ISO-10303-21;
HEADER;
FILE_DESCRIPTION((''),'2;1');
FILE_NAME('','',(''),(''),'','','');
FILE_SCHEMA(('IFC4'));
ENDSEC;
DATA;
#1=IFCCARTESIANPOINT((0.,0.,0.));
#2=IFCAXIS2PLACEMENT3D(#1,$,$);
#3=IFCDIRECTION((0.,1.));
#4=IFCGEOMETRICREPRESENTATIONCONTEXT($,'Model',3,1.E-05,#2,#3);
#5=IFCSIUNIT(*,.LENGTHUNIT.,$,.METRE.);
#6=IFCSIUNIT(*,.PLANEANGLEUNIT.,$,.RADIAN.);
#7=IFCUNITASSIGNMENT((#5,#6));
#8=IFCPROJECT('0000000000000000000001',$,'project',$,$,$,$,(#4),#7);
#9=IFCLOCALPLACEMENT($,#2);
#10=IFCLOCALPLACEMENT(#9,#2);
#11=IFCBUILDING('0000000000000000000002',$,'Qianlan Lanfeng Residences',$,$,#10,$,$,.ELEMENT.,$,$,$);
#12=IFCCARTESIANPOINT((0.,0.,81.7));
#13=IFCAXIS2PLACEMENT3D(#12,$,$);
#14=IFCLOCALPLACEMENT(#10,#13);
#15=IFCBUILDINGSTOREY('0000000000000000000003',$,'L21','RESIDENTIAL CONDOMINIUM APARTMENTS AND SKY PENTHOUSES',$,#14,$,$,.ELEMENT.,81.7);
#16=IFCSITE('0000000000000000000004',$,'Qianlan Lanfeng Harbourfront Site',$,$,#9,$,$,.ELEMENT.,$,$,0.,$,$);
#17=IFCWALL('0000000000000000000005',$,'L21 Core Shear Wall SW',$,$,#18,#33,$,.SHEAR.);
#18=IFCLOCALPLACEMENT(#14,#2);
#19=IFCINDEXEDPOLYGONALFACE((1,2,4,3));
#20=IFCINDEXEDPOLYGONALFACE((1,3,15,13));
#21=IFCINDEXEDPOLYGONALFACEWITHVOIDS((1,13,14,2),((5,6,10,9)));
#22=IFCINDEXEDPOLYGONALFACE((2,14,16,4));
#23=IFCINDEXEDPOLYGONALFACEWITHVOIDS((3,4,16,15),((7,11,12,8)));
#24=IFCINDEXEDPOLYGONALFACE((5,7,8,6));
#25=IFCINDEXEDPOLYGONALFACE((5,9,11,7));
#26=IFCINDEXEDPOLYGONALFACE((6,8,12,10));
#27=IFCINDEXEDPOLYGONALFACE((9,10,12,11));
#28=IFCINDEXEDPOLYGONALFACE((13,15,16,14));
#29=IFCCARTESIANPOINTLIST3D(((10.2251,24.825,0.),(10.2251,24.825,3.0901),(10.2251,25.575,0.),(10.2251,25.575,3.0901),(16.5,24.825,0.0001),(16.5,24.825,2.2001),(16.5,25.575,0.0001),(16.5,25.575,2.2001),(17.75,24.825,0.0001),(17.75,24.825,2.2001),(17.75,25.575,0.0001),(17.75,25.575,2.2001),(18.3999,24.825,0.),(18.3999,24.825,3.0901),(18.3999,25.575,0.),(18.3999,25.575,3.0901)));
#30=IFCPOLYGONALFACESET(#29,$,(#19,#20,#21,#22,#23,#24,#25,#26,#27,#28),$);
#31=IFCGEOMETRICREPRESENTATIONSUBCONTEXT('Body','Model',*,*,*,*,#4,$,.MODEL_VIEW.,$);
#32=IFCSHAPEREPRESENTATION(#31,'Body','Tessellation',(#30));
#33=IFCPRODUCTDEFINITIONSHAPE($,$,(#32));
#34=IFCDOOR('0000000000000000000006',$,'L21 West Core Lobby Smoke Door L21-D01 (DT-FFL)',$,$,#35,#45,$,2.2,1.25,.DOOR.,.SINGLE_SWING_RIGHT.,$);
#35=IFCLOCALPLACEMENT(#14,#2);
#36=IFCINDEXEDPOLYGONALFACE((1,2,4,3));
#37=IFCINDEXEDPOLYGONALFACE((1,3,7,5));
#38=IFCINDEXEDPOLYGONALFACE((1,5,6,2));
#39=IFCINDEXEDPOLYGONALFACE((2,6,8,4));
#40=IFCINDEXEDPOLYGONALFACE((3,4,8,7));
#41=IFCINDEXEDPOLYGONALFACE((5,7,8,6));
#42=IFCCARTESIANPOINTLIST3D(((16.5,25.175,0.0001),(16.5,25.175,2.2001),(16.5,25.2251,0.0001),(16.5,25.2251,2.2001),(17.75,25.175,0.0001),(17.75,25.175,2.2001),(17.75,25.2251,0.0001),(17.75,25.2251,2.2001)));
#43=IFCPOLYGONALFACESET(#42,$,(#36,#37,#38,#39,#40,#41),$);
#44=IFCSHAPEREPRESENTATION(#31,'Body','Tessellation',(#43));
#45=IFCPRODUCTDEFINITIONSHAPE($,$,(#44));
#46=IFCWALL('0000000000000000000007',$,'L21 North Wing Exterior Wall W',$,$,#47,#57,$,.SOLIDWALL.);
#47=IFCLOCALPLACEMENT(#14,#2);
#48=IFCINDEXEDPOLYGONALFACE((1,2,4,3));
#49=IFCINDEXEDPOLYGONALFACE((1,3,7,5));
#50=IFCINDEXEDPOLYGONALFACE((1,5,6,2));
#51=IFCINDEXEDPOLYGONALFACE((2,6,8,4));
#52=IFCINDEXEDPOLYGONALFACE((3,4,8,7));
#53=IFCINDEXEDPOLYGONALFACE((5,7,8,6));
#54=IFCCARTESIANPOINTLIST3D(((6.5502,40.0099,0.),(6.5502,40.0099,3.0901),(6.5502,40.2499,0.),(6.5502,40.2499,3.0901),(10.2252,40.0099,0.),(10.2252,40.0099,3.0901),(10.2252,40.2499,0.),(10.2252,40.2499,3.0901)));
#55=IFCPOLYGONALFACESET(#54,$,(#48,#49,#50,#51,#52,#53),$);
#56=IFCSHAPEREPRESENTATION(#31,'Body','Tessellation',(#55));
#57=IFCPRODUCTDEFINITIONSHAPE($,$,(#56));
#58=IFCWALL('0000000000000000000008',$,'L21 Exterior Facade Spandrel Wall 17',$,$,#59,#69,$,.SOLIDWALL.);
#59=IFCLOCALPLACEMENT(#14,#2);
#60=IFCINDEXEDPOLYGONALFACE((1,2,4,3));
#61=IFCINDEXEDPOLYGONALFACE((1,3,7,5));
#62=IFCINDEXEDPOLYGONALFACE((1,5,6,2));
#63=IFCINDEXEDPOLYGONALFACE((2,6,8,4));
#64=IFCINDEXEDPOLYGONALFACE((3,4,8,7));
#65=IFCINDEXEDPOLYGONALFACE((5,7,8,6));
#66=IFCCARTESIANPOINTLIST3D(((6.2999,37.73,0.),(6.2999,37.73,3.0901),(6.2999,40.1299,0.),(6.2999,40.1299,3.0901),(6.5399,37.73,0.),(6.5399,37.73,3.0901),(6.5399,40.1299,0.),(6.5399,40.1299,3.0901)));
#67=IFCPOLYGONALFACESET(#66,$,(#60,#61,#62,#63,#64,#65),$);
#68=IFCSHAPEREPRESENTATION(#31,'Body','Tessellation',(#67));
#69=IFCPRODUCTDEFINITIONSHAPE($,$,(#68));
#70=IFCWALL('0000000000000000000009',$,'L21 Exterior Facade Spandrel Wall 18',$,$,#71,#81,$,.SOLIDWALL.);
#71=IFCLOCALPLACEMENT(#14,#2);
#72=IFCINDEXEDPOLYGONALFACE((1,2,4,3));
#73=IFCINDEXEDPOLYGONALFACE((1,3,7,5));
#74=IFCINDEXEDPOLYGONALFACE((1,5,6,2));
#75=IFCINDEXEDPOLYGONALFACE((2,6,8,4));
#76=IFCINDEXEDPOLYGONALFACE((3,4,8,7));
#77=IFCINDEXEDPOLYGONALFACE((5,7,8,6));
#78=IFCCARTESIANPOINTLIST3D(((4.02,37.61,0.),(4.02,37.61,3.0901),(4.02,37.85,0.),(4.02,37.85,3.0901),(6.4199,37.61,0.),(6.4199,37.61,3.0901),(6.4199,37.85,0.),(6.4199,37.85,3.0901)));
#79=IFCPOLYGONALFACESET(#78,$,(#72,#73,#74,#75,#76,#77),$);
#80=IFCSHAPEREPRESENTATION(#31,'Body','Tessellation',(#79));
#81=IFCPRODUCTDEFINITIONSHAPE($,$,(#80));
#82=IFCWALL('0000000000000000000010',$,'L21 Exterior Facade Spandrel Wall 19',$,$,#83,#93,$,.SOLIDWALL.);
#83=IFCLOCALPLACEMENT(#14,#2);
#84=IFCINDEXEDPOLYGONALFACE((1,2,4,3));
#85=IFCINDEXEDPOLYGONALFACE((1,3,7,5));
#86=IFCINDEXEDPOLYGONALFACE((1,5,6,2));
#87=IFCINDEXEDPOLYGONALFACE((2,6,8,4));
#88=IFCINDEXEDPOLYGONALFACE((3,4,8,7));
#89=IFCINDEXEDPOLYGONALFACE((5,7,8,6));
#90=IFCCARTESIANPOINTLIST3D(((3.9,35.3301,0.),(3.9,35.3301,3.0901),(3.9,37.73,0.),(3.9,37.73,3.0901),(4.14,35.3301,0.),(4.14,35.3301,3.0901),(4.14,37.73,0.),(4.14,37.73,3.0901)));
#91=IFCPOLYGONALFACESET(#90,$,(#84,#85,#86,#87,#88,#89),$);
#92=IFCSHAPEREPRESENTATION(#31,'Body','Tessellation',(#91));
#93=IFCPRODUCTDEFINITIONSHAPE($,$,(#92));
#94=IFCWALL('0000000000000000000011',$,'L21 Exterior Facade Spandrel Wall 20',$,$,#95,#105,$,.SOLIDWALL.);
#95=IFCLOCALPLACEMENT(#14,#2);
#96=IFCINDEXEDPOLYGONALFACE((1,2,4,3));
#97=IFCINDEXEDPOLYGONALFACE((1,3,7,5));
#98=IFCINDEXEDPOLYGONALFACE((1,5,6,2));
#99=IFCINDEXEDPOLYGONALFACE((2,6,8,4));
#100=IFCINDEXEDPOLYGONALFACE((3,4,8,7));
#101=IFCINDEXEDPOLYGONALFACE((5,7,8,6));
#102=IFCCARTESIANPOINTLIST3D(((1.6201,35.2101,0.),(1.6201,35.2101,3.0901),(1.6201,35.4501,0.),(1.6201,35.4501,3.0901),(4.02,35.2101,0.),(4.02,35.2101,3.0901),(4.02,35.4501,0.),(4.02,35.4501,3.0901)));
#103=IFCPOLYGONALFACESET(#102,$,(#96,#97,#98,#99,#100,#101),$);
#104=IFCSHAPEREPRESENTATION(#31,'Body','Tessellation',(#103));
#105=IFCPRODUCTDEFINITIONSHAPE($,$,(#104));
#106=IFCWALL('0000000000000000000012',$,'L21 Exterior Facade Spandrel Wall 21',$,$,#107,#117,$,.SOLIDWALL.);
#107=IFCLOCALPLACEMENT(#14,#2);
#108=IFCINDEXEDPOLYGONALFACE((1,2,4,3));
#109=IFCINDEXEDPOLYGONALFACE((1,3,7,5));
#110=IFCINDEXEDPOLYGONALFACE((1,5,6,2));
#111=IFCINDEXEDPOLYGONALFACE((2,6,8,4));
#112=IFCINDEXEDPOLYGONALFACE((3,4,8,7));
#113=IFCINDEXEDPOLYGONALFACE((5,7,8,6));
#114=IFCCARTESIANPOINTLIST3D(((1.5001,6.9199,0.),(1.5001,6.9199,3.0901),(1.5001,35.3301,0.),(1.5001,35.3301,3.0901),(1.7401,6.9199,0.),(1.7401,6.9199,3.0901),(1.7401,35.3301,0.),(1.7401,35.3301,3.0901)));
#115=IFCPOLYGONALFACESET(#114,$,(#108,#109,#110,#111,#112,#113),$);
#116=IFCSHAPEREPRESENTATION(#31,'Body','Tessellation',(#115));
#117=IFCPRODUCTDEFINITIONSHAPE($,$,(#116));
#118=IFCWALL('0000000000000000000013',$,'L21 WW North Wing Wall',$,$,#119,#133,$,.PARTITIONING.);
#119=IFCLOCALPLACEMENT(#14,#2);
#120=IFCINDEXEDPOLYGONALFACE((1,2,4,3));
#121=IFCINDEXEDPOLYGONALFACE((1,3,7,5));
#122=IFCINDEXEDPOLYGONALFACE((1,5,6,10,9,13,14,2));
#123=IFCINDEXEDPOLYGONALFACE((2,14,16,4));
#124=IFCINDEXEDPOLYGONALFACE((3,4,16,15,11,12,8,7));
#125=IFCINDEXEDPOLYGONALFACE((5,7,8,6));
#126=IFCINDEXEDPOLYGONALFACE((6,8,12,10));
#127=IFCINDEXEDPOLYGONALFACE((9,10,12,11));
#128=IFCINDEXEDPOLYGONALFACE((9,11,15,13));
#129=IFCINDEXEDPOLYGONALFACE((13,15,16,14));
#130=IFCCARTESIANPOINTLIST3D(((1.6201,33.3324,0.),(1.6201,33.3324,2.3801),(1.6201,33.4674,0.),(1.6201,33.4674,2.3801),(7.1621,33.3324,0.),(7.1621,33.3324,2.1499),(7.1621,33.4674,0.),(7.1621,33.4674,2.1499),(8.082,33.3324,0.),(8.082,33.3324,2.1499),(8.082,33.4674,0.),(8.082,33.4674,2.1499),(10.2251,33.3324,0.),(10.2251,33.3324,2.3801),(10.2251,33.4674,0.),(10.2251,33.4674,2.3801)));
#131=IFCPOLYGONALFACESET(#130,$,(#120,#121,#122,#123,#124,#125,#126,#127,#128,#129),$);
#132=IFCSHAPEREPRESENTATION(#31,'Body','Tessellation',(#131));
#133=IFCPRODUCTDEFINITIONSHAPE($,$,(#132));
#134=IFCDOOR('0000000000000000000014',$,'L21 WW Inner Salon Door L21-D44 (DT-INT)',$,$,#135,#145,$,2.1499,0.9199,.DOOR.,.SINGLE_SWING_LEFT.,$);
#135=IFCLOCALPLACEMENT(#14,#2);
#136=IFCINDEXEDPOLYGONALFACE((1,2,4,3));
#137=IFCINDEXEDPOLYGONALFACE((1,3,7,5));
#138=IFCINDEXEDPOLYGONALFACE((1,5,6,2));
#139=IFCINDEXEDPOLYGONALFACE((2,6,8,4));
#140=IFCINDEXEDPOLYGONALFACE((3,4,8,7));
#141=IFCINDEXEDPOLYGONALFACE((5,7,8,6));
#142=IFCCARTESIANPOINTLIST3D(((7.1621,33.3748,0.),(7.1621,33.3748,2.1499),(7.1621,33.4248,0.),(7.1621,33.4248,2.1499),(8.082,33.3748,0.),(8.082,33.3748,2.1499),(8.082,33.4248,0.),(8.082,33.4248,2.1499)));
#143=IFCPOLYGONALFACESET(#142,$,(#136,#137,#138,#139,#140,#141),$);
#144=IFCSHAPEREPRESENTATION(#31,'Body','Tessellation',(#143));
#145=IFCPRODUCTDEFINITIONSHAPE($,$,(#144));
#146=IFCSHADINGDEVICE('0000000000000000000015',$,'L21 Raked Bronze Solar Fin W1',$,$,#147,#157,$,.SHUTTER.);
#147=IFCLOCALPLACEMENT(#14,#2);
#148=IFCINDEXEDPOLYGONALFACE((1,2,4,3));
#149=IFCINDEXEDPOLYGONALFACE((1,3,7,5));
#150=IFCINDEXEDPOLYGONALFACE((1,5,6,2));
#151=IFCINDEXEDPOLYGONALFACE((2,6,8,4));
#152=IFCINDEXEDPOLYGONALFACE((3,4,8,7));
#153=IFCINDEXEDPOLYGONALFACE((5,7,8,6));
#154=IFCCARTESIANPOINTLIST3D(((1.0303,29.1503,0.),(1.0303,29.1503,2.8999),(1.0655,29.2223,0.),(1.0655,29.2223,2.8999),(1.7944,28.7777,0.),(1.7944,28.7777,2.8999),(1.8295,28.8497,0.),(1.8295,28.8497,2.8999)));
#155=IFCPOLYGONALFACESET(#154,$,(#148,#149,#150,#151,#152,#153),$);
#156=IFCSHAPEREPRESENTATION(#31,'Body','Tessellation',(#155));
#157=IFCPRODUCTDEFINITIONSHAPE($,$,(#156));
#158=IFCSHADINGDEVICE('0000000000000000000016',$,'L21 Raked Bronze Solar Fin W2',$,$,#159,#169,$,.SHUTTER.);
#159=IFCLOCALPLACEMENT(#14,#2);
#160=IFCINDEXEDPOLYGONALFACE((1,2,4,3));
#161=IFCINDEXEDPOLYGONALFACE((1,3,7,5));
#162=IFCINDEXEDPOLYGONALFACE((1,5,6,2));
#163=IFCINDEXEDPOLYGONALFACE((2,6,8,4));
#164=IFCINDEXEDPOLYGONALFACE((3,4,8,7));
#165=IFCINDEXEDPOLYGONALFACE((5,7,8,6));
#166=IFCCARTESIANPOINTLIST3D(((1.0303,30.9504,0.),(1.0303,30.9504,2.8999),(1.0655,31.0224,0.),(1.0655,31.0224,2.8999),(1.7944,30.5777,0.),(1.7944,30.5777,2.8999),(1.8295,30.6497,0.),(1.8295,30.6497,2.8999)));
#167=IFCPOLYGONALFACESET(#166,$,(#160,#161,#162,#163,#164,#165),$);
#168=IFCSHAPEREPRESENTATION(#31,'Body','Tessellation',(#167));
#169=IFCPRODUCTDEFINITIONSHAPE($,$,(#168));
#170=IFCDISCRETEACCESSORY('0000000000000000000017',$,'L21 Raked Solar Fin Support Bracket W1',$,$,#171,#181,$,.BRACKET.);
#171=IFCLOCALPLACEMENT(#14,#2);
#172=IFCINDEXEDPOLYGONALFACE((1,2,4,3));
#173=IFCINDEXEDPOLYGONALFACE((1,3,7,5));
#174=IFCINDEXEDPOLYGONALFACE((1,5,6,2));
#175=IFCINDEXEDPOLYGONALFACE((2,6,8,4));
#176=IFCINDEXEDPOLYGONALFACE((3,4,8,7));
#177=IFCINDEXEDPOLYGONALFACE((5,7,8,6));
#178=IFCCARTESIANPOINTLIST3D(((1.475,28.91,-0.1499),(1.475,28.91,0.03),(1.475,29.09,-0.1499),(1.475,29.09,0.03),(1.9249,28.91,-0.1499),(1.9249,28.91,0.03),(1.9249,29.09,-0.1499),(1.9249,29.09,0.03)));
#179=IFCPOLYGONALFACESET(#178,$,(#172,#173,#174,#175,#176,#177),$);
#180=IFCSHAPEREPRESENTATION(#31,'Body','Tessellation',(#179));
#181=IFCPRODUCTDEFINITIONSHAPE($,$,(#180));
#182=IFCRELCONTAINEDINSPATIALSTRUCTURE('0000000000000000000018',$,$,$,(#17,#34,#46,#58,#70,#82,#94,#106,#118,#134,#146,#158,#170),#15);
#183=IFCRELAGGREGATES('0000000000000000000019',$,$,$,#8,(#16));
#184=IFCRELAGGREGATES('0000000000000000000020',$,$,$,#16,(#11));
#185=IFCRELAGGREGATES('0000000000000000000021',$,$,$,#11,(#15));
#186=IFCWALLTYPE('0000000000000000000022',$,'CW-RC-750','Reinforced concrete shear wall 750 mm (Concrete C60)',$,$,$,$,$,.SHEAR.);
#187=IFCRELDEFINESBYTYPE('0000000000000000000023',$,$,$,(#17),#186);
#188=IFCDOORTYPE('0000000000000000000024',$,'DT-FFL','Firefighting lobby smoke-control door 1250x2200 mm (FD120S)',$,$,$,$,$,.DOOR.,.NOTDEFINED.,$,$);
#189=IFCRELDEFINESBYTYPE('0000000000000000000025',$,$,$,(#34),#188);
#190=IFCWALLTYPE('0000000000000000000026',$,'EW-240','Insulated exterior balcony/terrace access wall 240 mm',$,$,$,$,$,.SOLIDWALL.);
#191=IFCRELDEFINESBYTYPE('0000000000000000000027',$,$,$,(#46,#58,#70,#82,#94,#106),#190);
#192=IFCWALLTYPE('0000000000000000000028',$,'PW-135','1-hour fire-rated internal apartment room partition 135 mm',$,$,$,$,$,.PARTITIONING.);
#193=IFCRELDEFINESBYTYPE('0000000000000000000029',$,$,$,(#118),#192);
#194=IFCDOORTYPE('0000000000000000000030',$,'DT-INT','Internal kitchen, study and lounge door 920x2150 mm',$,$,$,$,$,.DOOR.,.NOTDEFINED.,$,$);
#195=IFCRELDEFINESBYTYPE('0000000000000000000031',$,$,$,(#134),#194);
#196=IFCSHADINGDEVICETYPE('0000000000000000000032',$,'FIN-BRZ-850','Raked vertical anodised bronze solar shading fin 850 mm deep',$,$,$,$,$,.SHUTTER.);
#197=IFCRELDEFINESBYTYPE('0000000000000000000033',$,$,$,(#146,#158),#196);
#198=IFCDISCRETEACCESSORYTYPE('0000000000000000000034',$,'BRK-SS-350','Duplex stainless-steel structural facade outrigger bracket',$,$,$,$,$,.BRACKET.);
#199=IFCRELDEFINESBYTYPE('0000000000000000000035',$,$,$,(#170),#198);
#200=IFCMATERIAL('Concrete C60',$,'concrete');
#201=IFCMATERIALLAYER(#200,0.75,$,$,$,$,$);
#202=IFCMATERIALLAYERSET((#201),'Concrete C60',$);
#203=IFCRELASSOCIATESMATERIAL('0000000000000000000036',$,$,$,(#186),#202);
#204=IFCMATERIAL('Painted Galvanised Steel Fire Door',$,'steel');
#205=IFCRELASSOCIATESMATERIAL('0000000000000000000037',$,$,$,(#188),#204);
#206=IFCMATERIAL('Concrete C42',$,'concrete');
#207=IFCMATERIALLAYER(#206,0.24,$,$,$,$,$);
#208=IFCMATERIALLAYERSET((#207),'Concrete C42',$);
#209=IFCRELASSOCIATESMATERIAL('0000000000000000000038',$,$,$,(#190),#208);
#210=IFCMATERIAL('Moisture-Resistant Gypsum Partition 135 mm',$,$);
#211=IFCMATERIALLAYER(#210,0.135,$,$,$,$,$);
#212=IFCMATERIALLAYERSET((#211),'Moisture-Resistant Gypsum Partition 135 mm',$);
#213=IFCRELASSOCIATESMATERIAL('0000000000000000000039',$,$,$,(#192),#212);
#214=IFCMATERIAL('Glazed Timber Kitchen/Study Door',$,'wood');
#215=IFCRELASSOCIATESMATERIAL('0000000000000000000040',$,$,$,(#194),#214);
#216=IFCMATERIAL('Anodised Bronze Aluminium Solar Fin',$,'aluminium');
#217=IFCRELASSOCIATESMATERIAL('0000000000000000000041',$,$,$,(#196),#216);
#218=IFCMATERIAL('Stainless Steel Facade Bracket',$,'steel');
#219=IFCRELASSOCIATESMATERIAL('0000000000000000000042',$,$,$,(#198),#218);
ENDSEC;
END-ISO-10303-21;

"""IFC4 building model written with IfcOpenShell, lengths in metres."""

from ifc_helpers import new_model, si_unit, direction, frame, frame_2d, origin, origin_2d, place, context, subcontext, project, spatial, rectangle, extrude, source, transform, mapped, material, layer, layer_set, type_object, element, fill, save


model = new_model("IFC4")

# Units and contexts
model_context = context("Model", 3, precision=1e-05, world=origin(), true_north=direction((0.0, 1.0)))
body_context = subcontext(model_context, "Body", "Model", "MODEL_VIEW")
ifc_project = project(units=[si_unit("LENGTHUNIT", "METRE"), si_unit("PLANEANGLEUNIT", "RADIAN")], contexts=[model_context])

# Site, building, storey
site_placement = place(None, origin())
site = spatial("IfcSite", under=ifc_project, at=site_placement, Name="Qianlan Lanfeng Harbourfront Site", CompositionType="ELEMENT", RefElevation=0.0)
building_placement = place(site_placement, origin())
building = spatial("IfcBuilding", under=site, at=building_placement, Name="Qianlan Lanfeng Residences", CompositionType="ELEMENT")
storey_placement = place(building_placement, frame((0.0, 0.0, 81.7)))
storey = spatial("IfcBuildingStorey", under=building, at=storey_placement, Name="L21", Description="RESIDENTIAL CONDOMINIUM APARTMENTS AND SKY PENTHOUSES", CompositionType="ELEMENT", Elevation=81.7)

# Shared definitions
ifc_material_1 = material(Name="Concrete C60", Category="concrete")
ifc_layer_1 = layer(ifc_material_1, 0.75)
ifc_layer_set_1 = layer_set([ifc_layer_1], Name="Concrete C60")
wall_type_1 = type_object("IfcWallType", Name="CW-RC-750", Description="Reinforced concrete shear wall 750 mm (Concrete C60)", PredefinedType="SHEAR", material=ifc_layer_set_1)

# Wall, opening, door
wall_1_placement = place(storey_placement, frame((10.2251, 25.2, 0.0), z_axis=(0.0, 0.0, 1.0), x_axis=(1.0, 0.0, 0.0)))
wall_1 = element("IfcWall", 1, at=wall_1_placement, inside=storey, type_object=wall_type_1, Name="L21 Core Shear Wall SW", PredefinedType="SHEAR", context=body_context, shape_type="SweptSolid", body=[
    extrude(rectangle(XDim=8.1748, YDim=0.75, at=frame_2d((4.0874, 0.0))), origin(), (0.0, 0.0, 1.0), 3.0901),
])
opening_1_placement = place(wall_1_placement, frame((6.2749, 0.0, 0.0)))
opening_1 = element("IfcOpeningElement", 2, at=opening_1_placement, cuts=wall_1, PredefinedType="OPENING", context=body_context, shape_type="SweptSolid", body=[
    extrude(rectangle(XDim=1.25, YDim=2.2, at=frame_2d((0.625, 1.1001))), frame((0.0, 0.385, 0.0), z_axis=(0.0, -1.0, 0.0), x_axis=(1.0, 0.0, 0.0)), (0.0, 0.0, 1.0), 0.77),
])
ifc_material_2 = material(Name="Painted Galvanised Steel Fire Door", Category="steel")
door_type_1 = type_object("IfcDoorType", Name="DT-FFL", Description="Firefighting lobby smoke-control door 1250x2200 mm (FD120S)", OperationType="NOTDEFINED", PredefinedType="DOOR", material=ifc_material_2)
door_1_placement = place(opening_1_placement, frame((1.25, 0.0, 0.0), z_axis=(0.0, 0.0, 1.0), x_axis=(-1.0, 0.0, 0.0)))
door_1 = element("IfcDoor", 3, at=door_1_placement, inside=storey, type_object=door_type_1, Name="L21 West Core Lobby Smoke Door L21-D01 (DT-FFL)", OperationType="SINGLE_SWING_RIGHT", OverallHeight=2.2, OverallWidth=1.25, PredefinedType="DOOR", context=body_context, shape_type="SweptSolid", body=[
    extrude(rectangle(XDim=1.25, YDim=2.2, at=frame_2d((0.625, 1.1001))), frame((0.0, 0.0249, 0.0), z_axis=(0.0, -1.0, 0.0), x_axis=(1.0, 0.0, 0.0)), (0.0, 0.0, 1.0), 0.05),
])
fill(opening_1, door_1)

# Walls
ifc_material_3 = material(Name="Concrete C42", Category="concrete")
ifc_layer_2 = layer(ifc_material_3, 0.24)
ifc_layer_set_2 = layer_set([ifc_layer_2], Name="Concrete C42")
wall_type_2 = type_object("IfcWallType", Name="EW-240", Description="Insulated exterior balcony/terrace access wall 240 mm", PredefinedType="SOLIDWALL", material=ifc_layer_set_2)
wall_2_placement = place(storey_placement, frame((10.2251, 40.1299, 0.0), z_axis=(0.0, 0.0, 1.0), x_axis=(-1.0, 0.0, 0.0)))
element("IfcWall", 4, at=wall_2_placement, inside=storey, type_object=wall_type_2, Name="L21 North Wing Exterior Wall W", PredefinedType="SOLIDWALL", context=body_context, shape_type="SweptSolid", body=[
    extrude(rectangle(XDim=3.675, YDim=0.24, at=frame_2d((1.8374, 0.0))), origin(), (0.0, 0.0, 1.0), 3.0901),
])
for number, where, z_axis, x_axis, name in (
    (5, (6.4199, 40.1299, 0.0), (0.0, 0.0, 1.0), (0.0, -1.0, 0.0), "L21 Exterior Facade Spandrel Wall 17"),
    (6, (6.4199, 37.73, 0.0), (0.0, 0.0, 1.0), (-1.0, 0.0, 0.0), "L21 Exterior Facade Spandrel Wall 18"),
    (7, (4.02, 37.73, 0.0), (0.0, 0.0, 1.0), (0.0, -1.0, 0.0), "L21 Exterior Facade Spandrel Wall 19"),
    (8, (4.02, 35.3301, 0.0), (0.0, 0.0, 1.0), (-1.0, 0.0, 0.0), "L21 Exterior Facade Spandrel Wall 20"),
):
    element("IfcWall", number, at=place(storey_placement, frame(where, z_axis=z_axis, x_axis=x_axis)), inside=storey, type_object=wall_type_2, Name=name, PredefinedType="SOLIDWALL", context=body_context, shape_type="SweptSolid", body=[
        extrude(rectangle(XDim=2.3999, YDim=0.24, at=frame_2d((1.2, 0.0))), origin(), (0.0, 0.0, 1.0), 3.0901),
    ])
wall_3_placement = place(storey_placement, frame((1.6201, 35.3301, 0.0), z_axis=(0.0, 0.0, 1.0), x_axis=(0.0, -1.0, 0.0)))
element("IfcWall", 9, at=wall_3_placement, inside=storey, type_object=wall_type_2, Name="L21 Exterior Facade Spandrel Wall 21", PredefinedType="SOLIDWALL", context=body_context, shape_type="SweptSolid", body=[
    extrude(rectangle(XDim=28.4102, YDim=0.24, at=frame_2d((14.2051, 0.0))), origin(), (0.0, 0.0, 1.0), 3.0901),
])

# Wall, opening, door
ifc_material_4 = material(Name="Moisture-Resistant Gypsum Partition 135 mm")
ifc_layer_3 = layer(ifc_material_4, 0.135)
ifc_layer_set_3 = layer_set([ifc_layer_3], Name="Moisture-Resistant Gypsum Partition 135 mm")
wall_type_3 = type_object("IfcWallType", Name="PW-135", Description="1-hour fire-rated internal apartment room partition 135 mm", PredefinedType="PARTITIONING", material=ifc_layer_set_3)
wall_4_placement = place(storey_placement, frame((1.6201, 33.3999, 0.0), z_axis=(0.0, 0.0, 1.0), x_axis=(1.0, 0.0, 0.0)))
wall_4 = element("IfcWall", 10, at=wall_4_placement, inside=storey, type_object=wall_type_3, Name="L21 WW North Wing Wall", PredefinedType="PARTITIONING", context=body_context, shape_type="SweptSolid", body=[
    extrude(rectangle(XDim=8.605, YDim=0.135, at=frame_2d((4.3025, 0.0))), origin(), (0.0, 0.0, 1.0), 2.3801),
])
opening_2_placement = place(wall_4_placement, frame((5.542, 0.0, 0.0)))
opening_2 = element("IfcOpeningElement", 11, at=opening_2_placement, cuts=wall_4, PredefinedType="OPENING", context=body_context, shape_type="SweptSolid", body=[
    extrude(rectangle(XDim=0.9199, YDim=2.1499, at=frame_2d((0.46, 1.075))), frame((0.0, 0.0776, 0.0), z_axis=(0.0, -1.0, 0.0), x_axis=(1.0, 0.0, 0.0)), (0.0, 0.0, 1.0), 0.155),
])
ifc_material_5 = material(Name="Glazed Timber Kitchen/Study Door", Category="wood")
door_type_2 = type_object("IfcDoorType", Name="DT-INT", Description="Internal kitchen, study and lounge door 920x2150 mm", OperationType="NOTDEFINED", PredefinedType="DOOR", material=ifc_material_5)
door_2_placement = place(opening_2_placement, origin())
door_2 = element("IfcDoor", 12, at=door_2_placement, inside=storey, type_object=door_type_2, Name="L21 WW Inner Salon Door L21-D44 (DT-INT)", OperationType="SINGLE_SWING_LEFT", OverallHeight=2.1499, OverallWidth=0.9199, PredefinedType="DOOR", context=body_context, shape_type="SweptSolid", body=[
    extrude(rectangle(XDim=0.9199, YDim=2.1499, at=frame_2d((0.46, 1.075))), frame((0.0, 0.0249, 0.0), z_axis=(0.0, -1.0, 0.0), x_axis=(1.0, 0.0, 0.0)), (0.0, 0.0, 1.0), 0.05),
])
fill(opening_2, door_2)

# Shading devices
ifc_material_6 = material(Name="Anodised Bronze Aluminium Solar Fin", Category="aluminium")
shading_device_type = type_object("IfcShadingDeviceType", Name="FIN-BRZ-850", Description="Raked vertical anodised bronze solar shading fin 850 mm deep", PredefinedType="SHUTTER", material=ifc_material_6)
shared_shape_1 = source(origin(), body_context, "Body", "SweptSolid", [
    extrude(rectangle(XDim=0.8501, YDim=0.0801, at=origin_2d()), origin(), (0.0, 0.0, 1.0), 2.8999),
])
for number, where, z_axis, x_axis, name in (
    (13, (1.4299, 29.0, 0.0), (0.0, 0.0, 1.0), (0.898794, -0.438371, 0.0), "L21 Raked Bronze Solar Fin W1"),
    (14, (1.4299, 30.8, 0.0), (0.0, 0.0, 1.0), (0.898794, -0.438371, 0.0), "L21 Raked Bronze Solar Fin W2"),
):
    element("IfcShadingDevice", number, at=place(storey_placement, frame(where, z_axis=z_axis, x_axis=x_axis)), inside=storey, type_object=shading_device_type, Name=name, PredefinedType="SHUTTER", context=body_context, shape_type="MappedRepresentation", body=[
        mapped(shared_shape_1, transform((0.0, 0.0, 0.0), scale=1.0)),
    ])

# Discrete accessory
ifc_material_7 = material(Name="Stainless Steel Facade Bracket", Category="steel")
discrete_accessory_type = type_object("IfcDiscreteAccessoryType", Name="BRK-SS-350", Description="Duplex stainless-steel structural facade outrigger bracket", PredefinedType="BRACKET", material=ifc_material_7)
shared_shape_2 = source(origin(), body_context, "Body", "SweptSolid", [
    extrude(rectangle(XDim=0.45, YDim=0.1799, at=origin_2d()), origin(), (0.0, 0.0, 1.0), 0.1799),
])
for number, where, z_axis, x_axis, name in (
    (15, (1.7, 29.0, -0.1499), (0.0, 0.0, 1.0), (1.0, 0.0, 0.0), "L21 Raked Solar Fin Support Bracket W1"),
):
    element("IfcDiscreteAccessory", number, at=place(storey_placement, frame(where, z_axis=z_axis, x_axis=x_axis)), inside=storey, type_object=discrete_accessory_type, Name=name, PredefinedType="BRACKET", context=body_context, shape_type="MappedRepresentation", body=[
        mapped(shared_shape_2, transform((0.0, 0.0, 0.0), scale=1.0)),
    ])

save(model, "model.ifc")
